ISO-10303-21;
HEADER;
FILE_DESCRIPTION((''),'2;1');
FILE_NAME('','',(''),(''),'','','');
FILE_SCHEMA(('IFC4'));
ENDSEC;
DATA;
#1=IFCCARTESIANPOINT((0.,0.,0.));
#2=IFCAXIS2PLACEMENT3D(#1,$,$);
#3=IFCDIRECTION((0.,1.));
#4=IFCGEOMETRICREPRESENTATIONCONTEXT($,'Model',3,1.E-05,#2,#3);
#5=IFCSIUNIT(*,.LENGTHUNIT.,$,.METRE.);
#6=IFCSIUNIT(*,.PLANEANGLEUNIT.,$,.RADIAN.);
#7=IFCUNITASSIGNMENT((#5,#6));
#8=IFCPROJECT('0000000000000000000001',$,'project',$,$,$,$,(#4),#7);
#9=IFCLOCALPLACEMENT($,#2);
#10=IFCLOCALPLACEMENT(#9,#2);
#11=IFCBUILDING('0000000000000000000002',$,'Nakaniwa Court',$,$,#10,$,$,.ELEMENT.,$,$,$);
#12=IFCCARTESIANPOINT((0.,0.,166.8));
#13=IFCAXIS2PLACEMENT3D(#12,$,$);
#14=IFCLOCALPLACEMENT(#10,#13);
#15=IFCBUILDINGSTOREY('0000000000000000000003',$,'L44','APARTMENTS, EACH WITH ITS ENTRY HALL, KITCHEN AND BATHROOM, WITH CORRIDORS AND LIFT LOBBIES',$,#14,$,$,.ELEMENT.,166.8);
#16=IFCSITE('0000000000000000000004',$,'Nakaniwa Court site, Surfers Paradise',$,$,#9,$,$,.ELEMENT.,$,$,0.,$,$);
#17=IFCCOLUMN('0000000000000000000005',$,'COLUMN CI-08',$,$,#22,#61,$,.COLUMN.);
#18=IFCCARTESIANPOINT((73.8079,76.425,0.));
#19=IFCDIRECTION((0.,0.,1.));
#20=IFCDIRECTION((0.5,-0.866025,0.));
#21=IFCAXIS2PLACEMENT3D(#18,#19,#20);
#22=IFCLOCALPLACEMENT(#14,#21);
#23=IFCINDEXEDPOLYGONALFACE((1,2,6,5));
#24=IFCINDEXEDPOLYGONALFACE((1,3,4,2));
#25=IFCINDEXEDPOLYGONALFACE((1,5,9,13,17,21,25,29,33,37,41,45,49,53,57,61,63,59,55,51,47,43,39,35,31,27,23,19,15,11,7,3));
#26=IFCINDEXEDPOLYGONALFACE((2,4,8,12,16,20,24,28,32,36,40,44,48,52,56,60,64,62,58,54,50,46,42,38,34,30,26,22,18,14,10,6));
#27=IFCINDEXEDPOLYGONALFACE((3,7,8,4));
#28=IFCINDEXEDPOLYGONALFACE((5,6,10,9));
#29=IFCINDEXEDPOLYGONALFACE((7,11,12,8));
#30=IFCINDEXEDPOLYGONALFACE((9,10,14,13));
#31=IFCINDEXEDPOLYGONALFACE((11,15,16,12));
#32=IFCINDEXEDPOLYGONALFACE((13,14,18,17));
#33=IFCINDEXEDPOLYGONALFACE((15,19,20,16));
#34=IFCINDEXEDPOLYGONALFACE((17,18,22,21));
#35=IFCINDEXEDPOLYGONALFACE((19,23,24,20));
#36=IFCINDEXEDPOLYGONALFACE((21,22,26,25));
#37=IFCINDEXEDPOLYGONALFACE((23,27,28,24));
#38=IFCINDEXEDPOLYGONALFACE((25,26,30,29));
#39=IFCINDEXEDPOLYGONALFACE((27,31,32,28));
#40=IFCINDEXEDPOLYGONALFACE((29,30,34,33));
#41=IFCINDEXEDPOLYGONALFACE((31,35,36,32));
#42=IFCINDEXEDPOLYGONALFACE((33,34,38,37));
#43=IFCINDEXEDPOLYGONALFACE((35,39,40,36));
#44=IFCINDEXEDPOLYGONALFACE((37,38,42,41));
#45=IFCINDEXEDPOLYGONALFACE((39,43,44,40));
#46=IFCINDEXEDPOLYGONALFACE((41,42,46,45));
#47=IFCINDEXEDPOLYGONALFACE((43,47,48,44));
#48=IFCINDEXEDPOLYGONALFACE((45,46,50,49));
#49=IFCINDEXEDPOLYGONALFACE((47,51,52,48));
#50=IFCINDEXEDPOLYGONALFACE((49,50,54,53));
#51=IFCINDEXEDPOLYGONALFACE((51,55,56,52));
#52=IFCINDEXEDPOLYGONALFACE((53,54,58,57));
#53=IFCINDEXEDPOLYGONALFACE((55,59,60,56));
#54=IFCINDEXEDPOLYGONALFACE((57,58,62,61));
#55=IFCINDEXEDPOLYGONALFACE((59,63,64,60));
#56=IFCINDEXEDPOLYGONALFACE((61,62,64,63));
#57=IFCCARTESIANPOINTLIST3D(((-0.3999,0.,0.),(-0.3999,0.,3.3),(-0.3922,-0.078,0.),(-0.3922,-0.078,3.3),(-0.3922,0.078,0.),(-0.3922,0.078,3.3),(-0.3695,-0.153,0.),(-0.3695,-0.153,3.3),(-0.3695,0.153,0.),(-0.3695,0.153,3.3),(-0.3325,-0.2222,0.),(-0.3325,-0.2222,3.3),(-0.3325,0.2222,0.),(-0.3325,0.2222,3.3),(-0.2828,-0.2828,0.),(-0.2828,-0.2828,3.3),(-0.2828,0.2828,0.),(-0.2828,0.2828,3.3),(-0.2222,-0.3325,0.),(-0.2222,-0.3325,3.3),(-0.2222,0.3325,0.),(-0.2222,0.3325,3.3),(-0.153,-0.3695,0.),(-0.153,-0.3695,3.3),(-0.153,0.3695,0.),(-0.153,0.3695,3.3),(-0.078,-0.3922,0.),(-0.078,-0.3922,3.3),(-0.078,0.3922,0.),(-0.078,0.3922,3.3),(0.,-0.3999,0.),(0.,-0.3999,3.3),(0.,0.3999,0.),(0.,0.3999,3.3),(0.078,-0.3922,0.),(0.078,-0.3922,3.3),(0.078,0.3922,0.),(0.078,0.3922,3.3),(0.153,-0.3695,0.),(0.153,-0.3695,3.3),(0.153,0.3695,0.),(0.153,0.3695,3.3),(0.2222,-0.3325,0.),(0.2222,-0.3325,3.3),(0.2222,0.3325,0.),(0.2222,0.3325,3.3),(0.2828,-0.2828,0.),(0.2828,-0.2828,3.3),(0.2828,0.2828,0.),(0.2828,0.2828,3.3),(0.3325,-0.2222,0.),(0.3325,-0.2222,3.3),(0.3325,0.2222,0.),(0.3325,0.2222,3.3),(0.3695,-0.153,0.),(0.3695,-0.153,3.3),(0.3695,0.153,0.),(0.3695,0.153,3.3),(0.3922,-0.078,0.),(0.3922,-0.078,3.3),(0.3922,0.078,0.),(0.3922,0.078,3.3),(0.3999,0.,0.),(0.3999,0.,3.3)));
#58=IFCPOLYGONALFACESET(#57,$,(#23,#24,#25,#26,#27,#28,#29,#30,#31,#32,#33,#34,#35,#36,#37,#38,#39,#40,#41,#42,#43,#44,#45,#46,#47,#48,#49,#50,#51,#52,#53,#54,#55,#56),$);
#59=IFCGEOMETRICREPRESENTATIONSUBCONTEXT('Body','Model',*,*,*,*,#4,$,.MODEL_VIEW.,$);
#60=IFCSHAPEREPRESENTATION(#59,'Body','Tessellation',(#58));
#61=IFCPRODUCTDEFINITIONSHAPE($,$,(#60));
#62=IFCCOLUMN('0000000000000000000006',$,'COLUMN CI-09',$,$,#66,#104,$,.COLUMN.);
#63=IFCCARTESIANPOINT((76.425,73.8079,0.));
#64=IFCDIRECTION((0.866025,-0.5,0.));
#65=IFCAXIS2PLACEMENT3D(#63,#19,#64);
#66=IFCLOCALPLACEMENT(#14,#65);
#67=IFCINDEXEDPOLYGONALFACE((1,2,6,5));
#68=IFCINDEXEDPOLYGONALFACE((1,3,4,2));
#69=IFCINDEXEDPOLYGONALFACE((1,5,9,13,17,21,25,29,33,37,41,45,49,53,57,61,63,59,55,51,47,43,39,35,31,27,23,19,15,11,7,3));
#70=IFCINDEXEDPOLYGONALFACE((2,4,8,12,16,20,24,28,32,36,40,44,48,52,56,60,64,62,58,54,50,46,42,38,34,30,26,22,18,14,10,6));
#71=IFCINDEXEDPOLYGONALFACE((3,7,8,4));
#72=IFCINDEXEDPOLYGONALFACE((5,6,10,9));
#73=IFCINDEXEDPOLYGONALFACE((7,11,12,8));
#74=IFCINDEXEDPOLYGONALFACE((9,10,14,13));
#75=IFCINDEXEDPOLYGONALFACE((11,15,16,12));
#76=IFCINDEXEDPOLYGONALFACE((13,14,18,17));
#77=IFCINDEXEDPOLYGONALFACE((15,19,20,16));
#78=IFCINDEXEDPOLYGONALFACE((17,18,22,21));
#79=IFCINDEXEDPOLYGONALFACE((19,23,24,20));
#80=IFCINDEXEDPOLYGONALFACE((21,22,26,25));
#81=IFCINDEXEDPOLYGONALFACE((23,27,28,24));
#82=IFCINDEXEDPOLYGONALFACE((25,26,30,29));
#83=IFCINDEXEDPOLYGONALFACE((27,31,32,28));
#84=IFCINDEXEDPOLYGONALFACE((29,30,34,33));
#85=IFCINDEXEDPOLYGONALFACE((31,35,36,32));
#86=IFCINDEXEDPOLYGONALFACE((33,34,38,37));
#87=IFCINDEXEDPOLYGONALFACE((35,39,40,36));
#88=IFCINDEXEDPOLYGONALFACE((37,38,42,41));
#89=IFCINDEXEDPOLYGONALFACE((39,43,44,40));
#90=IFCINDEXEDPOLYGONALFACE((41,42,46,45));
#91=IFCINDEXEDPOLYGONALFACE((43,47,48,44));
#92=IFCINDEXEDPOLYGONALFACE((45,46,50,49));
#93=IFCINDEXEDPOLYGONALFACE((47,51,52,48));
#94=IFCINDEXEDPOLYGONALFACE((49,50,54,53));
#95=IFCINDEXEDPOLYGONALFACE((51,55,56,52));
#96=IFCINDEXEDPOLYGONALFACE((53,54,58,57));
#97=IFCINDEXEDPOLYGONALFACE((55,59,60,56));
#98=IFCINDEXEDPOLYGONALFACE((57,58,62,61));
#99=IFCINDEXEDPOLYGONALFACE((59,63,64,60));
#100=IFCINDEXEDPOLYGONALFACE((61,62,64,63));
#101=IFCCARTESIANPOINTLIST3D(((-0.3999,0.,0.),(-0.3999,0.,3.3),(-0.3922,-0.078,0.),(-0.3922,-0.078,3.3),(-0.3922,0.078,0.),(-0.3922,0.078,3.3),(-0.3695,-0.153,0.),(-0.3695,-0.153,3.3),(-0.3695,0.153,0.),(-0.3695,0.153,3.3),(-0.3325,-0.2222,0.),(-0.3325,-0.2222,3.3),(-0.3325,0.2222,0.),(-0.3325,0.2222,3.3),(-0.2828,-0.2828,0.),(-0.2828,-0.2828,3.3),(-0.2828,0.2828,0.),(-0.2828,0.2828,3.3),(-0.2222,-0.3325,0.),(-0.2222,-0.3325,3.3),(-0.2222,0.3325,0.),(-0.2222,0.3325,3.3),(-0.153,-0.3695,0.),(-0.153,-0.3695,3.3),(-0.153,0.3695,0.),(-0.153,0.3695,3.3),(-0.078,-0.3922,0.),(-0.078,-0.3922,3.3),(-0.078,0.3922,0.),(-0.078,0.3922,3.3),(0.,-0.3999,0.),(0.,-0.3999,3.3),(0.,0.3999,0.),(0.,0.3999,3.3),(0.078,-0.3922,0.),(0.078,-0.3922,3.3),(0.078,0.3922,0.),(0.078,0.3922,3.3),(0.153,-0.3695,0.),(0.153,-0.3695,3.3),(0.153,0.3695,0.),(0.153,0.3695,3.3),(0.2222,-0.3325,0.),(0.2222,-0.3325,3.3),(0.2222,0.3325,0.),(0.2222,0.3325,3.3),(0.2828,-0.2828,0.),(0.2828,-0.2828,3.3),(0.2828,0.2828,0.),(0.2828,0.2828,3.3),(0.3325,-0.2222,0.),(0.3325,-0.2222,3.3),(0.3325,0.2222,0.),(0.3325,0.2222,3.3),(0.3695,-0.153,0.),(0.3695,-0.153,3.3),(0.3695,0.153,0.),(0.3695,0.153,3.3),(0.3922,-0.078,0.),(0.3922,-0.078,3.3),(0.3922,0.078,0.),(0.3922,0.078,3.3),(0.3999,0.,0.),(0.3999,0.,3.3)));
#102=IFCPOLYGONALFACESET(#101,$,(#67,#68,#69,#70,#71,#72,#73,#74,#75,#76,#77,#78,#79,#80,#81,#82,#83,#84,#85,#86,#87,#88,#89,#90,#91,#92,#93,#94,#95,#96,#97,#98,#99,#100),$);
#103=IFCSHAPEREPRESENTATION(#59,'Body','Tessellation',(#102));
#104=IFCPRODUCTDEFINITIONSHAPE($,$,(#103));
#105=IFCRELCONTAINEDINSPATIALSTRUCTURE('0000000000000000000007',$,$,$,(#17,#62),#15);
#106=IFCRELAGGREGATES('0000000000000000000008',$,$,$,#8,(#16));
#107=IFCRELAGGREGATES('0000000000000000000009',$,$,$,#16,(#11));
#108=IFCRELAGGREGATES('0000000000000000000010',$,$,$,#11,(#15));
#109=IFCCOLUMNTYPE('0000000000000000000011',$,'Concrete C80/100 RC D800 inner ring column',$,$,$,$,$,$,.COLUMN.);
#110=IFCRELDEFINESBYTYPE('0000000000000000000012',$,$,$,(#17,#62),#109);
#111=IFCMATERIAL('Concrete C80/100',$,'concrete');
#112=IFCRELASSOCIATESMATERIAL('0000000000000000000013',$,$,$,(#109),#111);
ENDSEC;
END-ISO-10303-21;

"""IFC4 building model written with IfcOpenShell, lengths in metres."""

from ifc_helpers import new_model, si_unit, direction, frame, origin, origin_2d, place, context, subcontext, project, spatial, circle, extrude, material, material_profile, profile_set, type_object, element, save


model = new_model("IFC4")

# Units and contexts
model_context = context("Model", 3, precision=1e-05, world=origin(), true_north=direction((0.0, 1.0)))
body_context = subcontext(model_context, "Body", "Model", "MODEL_VIEW")
ifc_project = project(units=[si_unit("LENGTHUNIT", "METRE"), si_unit("PLANEANGLEUNIT", "RADIAN")], contexts=[model_context])

# Site, building, storey
site_placement = place(None, origin())
site = spatial("IfcSite", under=ifc_project, at=site_placement, Name="Nakaniwa Court site, Surfers Paradise", CompositionType="ELEMENT", RefElevation=0.0)
building_placement = place(site_placement, origin())
building = spatial("IfcBuilding", under=site, at=building_placement, Name="Nakaniwa Court", CompositionType="ELEMENT")
storey_placement = place(building_placement, frame((0.0, 0.0, 166.8)))
storey = spatial("IfcBuildingStorey", under=building, at=storey_placement, Name="L44", Description="APARTMENTS, EACH WITH ITS ENTRY HALL, KITCHEN AND BATHROOM, WITH CORRIDORS AND LIFT LOBBIES", CompositionType="ELEMENT", Elevation=166.8)

# Columns
ifc_material_1 = material(Name="Concrete C80/100", Category="concrete")
ifc_material_profile_1 = material_profile(ifc_material_1, circle(Radius=0.3999, at=origin_2d()), Name="Concrete C80/100 RC D800 inner ring column")
ifc_profile_set_1 = profile_set([ifc_material_profile_1], Name="Concrete C80/100")
column_type_1 = type_object("IfcColumnType", Name="Concrete C80/100 RC D800 inner ring column", PredefinedType="COLUMN", material=ifc_profile_set_1)
for number, where, z_axis, x_axis, name in (
    (1, (73.8079, 76.425, 0.0), (0.0, 0.0, 1.0), (0.5, -0.866025, 0.0), "COLUMN CI-08"),
    (2, (76.425, 73.8079, 0.0), (0.0, 0.0, 1.0), (0.866025, -0.5, 0.0), "COLUMN CI-09"),
):
    element("IfcColumn", number, at=place(storey_placement, frame(where, z_axis=z_axis, x_axis=x_axis)), inside=storey, type_object=column_type_1, Name=name, PredefinedType="COLUMN", context=body_context, shape_type="SweptSolid", body=[
        extrude(circle(Radius=0.3999, at=origin_2d()), origin(), (0.0, 0.0, 1.0), 3.3),
    ])

save(model, "model.ifc")
